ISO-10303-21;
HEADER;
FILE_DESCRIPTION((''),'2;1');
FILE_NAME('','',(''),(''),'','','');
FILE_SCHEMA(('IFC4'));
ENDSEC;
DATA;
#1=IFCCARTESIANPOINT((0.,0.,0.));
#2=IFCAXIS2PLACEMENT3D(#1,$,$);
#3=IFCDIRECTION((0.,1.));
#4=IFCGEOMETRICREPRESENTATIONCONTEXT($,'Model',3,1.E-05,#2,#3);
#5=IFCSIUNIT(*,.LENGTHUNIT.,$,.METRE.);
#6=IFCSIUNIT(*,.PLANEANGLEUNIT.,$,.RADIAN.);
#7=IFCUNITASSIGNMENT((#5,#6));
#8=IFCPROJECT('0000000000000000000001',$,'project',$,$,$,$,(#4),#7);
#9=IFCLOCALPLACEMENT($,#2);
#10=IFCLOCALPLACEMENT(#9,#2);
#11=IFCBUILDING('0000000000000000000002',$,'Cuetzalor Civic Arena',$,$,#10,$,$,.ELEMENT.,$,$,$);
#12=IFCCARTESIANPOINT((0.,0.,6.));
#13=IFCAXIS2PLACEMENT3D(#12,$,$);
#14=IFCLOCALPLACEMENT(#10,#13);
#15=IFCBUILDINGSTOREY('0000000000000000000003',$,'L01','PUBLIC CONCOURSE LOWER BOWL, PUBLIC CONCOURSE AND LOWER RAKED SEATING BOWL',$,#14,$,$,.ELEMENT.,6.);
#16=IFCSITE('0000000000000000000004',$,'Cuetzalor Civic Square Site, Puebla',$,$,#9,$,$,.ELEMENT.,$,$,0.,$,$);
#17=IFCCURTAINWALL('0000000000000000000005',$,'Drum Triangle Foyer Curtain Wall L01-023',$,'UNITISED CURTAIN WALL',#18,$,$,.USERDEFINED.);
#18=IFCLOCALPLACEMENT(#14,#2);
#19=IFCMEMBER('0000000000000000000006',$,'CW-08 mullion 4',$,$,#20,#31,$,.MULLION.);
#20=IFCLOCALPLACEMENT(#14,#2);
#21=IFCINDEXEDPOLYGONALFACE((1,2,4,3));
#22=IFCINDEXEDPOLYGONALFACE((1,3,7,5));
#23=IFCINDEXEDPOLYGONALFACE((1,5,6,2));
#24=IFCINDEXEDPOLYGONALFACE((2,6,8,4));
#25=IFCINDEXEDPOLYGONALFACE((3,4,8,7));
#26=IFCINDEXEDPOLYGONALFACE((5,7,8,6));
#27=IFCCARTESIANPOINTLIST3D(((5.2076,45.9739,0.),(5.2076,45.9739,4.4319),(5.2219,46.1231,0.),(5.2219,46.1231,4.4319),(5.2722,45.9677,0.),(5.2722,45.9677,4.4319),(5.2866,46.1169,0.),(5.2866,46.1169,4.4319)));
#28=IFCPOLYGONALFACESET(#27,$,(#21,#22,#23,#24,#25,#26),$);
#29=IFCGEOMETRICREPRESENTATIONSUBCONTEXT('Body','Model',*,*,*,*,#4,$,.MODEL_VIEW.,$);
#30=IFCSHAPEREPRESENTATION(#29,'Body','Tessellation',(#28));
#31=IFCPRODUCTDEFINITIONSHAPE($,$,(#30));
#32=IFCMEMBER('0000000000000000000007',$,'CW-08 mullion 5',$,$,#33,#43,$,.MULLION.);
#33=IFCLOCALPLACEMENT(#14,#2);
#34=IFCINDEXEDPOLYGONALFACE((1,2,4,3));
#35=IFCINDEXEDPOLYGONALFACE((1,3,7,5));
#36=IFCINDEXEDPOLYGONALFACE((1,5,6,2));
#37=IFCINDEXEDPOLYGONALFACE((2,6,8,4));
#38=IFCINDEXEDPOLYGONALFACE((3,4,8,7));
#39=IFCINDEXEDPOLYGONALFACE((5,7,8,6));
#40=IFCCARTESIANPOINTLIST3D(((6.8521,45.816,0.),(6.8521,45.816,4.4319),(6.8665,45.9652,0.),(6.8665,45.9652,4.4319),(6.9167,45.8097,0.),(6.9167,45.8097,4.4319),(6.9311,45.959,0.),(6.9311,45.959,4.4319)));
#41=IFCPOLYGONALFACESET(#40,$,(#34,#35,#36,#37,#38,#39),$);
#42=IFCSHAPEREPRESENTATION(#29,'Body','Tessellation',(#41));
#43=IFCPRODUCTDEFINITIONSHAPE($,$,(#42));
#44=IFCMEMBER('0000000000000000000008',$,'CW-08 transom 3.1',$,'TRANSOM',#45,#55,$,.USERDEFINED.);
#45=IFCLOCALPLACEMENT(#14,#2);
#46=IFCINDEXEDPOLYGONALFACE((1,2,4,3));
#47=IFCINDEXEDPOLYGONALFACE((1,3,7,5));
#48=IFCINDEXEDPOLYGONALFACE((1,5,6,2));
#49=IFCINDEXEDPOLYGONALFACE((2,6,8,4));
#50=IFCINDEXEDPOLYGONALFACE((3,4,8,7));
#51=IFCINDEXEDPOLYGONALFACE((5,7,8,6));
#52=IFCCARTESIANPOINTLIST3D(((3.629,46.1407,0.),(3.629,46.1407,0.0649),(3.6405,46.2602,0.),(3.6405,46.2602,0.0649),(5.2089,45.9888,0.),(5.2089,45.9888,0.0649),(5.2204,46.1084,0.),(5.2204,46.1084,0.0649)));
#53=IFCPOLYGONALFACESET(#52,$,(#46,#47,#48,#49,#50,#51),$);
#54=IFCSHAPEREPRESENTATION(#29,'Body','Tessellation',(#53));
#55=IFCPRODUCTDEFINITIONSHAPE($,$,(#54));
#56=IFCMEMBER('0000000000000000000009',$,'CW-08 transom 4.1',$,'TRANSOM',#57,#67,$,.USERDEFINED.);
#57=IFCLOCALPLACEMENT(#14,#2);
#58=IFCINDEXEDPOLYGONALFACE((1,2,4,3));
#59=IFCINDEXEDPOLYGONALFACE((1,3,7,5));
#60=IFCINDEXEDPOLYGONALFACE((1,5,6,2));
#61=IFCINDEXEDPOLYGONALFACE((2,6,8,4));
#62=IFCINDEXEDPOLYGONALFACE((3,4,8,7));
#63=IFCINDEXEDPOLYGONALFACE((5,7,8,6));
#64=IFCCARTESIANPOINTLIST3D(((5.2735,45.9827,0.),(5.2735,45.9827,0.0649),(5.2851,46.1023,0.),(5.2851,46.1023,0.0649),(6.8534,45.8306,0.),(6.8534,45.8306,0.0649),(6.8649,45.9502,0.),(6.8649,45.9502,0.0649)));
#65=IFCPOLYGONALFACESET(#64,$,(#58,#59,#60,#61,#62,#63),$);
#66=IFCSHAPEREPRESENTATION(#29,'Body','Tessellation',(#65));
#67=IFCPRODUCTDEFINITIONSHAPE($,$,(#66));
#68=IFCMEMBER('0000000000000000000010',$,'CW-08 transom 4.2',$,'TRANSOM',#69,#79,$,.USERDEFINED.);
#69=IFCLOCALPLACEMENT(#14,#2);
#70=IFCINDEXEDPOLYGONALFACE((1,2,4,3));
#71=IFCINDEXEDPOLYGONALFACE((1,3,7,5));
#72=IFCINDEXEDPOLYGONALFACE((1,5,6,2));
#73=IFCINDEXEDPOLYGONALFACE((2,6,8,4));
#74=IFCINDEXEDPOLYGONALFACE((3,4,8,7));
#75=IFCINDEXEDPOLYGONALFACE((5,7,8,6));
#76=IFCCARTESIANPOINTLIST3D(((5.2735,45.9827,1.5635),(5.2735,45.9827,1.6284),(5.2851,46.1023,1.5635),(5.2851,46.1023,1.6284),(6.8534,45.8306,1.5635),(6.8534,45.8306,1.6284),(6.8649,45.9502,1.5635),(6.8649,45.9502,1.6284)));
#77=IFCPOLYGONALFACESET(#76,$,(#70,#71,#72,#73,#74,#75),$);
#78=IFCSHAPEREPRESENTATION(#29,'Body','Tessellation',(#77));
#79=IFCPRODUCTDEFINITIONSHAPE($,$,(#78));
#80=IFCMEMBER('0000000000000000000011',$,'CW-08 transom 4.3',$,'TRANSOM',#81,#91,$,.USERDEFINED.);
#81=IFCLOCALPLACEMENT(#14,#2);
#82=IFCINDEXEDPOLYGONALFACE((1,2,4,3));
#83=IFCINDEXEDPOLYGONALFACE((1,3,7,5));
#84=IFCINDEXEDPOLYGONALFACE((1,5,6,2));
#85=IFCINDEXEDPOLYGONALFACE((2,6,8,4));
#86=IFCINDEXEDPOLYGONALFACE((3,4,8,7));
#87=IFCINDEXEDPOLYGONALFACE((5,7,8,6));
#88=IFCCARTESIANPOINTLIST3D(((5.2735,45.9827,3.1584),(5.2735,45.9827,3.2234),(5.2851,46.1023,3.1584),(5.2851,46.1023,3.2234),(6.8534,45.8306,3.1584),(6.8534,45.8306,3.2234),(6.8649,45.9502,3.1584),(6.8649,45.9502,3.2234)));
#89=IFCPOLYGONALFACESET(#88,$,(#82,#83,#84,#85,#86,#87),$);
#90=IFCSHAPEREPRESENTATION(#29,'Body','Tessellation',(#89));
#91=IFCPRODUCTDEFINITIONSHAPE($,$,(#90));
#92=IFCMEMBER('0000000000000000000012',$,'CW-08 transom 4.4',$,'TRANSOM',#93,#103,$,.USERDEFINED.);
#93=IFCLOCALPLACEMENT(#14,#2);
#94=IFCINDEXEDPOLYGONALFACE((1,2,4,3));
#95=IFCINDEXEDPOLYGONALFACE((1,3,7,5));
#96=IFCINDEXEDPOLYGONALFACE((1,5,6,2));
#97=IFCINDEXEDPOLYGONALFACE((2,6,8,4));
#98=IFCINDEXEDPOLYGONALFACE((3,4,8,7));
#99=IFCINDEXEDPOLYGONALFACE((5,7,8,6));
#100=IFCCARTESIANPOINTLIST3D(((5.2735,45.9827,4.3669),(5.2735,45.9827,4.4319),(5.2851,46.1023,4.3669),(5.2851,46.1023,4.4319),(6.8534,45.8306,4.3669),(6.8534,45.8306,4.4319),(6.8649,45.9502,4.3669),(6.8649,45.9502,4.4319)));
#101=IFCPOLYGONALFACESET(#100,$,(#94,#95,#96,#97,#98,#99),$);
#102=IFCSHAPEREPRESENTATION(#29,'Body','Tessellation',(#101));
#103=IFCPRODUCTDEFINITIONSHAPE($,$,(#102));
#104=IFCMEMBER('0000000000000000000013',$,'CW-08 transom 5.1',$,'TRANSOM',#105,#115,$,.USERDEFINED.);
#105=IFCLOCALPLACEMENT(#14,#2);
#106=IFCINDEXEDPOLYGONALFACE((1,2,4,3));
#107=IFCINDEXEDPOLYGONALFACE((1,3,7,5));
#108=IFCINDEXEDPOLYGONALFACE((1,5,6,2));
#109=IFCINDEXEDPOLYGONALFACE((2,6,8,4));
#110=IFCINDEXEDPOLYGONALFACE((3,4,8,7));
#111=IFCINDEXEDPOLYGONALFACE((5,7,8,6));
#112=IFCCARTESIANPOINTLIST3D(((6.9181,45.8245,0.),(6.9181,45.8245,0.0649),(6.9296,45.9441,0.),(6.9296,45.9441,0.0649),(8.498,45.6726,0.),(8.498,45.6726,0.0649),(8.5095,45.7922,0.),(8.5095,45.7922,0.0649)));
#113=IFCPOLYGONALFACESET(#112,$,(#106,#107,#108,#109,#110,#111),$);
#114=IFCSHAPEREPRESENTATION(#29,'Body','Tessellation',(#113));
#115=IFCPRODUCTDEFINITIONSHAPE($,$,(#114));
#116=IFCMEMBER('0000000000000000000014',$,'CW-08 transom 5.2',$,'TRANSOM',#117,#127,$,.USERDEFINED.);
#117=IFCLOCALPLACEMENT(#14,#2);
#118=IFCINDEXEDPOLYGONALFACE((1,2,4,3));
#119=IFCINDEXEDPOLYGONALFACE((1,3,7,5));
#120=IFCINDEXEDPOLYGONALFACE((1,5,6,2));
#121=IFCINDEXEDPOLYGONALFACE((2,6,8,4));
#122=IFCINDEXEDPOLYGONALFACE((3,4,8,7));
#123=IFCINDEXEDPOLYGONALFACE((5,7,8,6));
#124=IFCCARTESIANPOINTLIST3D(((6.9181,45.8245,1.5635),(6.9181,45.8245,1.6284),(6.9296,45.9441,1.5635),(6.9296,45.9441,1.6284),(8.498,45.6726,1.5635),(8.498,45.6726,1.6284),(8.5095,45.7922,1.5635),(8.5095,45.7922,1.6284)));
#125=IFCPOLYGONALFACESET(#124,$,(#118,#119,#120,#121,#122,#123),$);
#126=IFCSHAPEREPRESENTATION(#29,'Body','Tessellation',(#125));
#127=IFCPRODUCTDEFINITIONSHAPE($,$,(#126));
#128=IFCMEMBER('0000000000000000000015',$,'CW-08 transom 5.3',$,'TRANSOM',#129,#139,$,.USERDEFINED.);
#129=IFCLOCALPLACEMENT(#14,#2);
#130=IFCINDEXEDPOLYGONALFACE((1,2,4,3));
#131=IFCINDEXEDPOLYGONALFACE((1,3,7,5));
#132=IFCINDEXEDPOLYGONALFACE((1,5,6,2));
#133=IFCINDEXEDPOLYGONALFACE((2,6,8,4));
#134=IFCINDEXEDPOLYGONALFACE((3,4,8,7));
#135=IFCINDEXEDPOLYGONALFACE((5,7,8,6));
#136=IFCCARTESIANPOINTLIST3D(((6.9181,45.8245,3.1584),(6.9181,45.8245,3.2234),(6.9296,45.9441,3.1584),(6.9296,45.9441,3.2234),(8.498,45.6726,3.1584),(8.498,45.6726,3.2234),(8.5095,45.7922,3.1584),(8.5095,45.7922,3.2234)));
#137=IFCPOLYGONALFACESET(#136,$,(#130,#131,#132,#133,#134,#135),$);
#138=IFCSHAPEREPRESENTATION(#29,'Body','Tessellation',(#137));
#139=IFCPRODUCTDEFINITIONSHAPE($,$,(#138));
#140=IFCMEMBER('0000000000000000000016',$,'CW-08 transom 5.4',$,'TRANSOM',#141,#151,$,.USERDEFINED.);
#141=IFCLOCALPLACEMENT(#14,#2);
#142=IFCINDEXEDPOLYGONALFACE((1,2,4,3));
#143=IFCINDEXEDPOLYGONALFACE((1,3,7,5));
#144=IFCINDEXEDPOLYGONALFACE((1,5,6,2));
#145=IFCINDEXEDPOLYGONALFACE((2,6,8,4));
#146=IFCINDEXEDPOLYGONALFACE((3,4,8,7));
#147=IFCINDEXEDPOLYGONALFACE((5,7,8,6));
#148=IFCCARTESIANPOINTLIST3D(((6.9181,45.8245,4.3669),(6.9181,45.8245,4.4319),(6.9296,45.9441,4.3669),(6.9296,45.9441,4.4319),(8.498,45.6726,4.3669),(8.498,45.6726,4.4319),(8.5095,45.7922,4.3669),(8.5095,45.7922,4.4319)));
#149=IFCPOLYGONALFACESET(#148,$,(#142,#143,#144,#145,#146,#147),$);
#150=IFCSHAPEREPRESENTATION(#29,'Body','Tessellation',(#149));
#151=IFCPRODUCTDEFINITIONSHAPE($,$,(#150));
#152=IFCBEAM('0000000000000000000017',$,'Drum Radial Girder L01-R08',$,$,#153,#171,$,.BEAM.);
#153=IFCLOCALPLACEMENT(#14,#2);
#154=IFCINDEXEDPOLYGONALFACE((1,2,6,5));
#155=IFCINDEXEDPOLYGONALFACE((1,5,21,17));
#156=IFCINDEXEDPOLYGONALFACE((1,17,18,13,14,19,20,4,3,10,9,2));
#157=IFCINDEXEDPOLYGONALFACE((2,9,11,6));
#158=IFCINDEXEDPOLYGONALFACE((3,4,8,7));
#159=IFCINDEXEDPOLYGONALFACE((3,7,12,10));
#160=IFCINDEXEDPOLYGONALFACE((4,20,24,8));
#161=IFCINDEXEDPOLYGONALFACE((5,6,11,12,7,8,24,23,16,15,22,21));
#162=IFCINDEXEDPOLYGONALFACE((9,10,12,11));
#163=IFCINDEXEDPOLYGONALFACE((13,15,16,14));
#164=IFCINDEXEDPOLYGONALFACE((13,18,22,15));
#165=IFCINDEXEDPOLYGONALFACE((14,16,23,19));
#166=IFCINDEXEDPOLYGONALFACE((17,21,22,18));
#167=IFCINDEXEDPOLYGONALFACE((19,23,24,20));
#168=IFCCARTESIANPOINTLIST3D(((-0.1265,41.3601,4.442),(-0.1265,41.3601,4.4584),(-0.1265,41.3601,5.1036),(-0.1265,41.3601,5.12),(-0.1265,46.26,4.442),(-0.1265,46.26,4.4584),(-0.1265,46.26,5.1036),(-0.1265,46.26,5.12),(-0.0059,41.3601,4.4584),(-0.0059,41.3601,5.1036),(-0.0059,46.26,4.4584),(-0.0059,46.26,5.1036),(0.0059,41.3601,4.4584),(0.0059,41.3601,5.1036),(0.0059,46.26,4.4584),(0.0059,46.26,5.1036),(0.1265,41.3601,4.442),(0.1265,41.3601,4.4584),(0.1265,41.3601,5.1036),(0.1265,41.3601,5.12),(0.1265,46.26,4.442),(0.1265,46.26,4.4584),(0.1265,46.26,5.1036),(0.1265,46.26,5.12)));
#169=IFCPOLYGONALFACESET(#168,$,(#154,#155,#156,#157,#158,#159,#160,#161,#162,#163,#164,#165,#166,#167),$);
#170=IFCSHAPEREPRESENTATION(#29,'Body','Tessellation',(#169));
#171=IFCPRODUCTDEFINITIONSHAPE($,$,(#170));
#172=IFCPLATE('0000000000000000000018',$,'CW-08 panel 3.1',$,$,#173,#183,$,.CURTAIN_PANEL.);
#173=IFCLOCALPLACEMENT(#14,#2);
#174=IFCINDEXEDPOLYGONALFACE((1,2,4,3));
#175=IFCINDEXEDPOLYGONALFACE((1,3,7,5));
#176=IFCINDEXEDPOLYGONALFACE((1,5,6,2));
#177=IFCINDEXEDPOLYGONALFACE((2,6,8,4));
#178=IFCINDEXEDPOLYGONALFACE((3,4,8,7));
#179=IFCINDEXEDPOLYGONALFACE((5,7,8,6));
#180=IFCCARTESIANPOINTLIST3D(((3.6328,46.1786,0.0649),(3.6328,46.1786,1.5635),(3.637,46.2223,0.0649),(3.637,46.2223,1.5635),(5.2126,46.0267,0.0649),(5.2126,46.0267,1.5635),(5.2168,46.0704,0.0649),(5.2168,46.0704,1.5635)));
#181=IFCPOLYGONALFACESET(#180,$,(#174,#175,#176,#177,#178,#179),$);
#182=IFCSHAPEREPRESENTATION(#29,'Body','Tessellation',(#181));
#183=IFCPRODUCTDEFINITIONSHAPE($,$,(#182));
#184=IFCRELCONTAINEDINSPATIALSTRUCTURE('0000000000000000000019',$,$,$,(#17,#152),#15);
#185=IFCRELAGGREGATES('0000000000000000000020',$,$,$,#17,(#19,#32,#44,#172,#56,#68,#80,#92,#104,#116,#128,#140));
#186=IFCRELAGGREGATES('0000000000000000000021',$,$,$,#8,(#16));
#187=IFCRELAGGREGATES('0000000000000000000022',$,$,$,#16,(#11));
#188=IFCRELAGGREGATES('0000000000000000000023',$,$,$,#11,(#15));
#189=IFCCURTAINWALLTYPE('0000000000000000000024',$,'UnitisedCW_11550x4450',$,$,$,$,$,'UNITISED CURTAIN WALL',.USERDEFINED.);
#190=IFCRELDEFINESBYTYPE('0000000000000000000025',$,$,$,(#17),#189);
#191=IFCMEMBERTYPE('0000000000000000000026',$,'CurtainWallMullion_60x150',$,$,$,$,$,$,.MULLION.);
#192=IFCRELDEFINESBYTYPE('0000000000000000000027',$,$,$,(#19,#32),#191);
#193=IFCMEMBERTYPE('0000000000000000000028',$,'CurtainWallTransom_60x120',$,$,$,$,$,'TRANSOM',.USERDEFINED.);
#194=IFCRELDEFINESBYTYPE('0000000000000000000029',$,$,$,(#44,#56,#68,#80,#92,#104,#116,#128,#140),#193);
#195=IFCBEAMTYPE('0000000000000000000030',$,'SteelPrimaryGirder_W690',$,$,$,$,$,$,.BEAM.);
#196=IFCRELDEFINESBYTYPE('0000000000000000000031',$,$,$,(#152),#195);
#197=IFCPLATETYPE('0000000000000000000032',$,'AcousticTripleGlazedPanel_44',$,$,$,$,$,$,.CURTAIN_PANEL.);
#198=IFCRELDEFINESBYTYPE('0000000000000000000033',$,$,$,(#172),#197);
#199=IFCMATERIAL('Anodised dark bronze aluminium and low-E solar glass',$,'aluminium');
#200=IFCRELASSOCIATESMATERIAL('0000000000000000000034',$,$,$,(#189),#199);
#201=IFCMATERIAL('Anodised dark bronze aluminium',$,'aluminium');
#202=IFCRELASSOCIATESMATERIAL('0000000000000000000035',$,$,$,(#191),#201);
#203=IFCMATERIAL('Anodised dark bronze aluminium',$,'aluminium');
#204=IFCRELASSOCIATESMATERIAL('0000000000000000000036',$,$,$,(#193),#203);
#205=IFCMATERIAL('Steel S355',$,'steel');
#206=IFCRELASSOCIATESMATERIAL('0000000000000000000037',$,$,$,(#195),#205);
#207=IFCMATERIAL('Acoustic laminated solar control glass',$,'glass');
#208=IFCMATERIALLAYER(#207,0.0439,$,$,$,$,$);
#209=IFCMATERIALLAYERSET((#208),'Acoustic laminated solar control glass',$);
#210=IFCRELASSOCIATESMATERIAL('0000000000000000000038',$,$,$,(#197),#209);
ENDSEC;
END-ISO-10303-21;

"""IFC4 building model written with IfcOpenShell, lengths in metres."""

from ifc_helpers import new_model, si_unit, direction, frame, origin, origin_2d, place, context, subcontext, project, spatial, rectangle, i_section, extrude, material, layer, layer_set, material_profile, profile_set, type_object, element, aggregate, save


model = new_model("IFC4")

# Units and contexts
model_context = context("Model", 3, precision=1e-05, world=origin(), true_north=direction((0.0, 1.0)))
body_context = subcontext(model_context, "Body", "Model", "MODEL_VIEW")
ifc_project = project(units=[si_unit("LENGTHUNIT", "METRE"), si_unit("PLANEANGLEUNIT", "RADIAN")], contexts=[model_context])

# Site, building, storey
site_placement = place(None, origin())
site = spatial("IfcSite", under=ifc_project, at=site_placement, Name="Cuetzalor Civic Square Site, Puebla", CompositionType="ELEMENT", RefElevation=0.0)
building_placement = place(site_placement, origin())
building = spatial("IfcBuilding", under=site, at=building_placement, Name="Cuetzalor Civic Arena", CompositionType="ELEMENT")
storey_placement = place(building_placement, frame((0.0, 0.0, 6.0)))
storey = spatial("IfcBuildingStorey", under=building, at=storey_placement, Name="L01", Description="PUBLIC CONCOURSE LOWER BOWL, PUBLIC CONCOURSE AND LOWER RAKED SEATING BOWL", CompositionType="ELEMENT", Elevation=6.0)

# Curtain wall, members
ifc_material_1 = material(Name="Anodised dark bronze aluminium and low-E solar glass", Category="aluminium")
curtain_wall_type = type_object("IfcCurtainWallType", Name="UnitisedCW_11550x4450", ElementType="UNITISED CURTAIN WALL", PredefinedType="USERDEFINED", material=ifc_material_1)
curtain_wall_placement = place(storey_placement, origin())
curtain_wall = element("IfcCurtainWall", 1, at=curtain_wall_placement, inside=storey, type_object=curtain_wall_type, Name="Drum Triangle Foyer Curtain Wall L01-023", ObjectType="UNITISED CURTAIN WALL", PredefinedType="USERDEFINED")
ifc_material_2 = material(Name="Anodised dark bronze aluminium", Category="aluminium")
ifc_material_profile_1 = material_profile(ifc_material_2, rectangle(XDim=0.0649, YDim=0.1499, at=origin_2d()), Name="ALU MULLION 65x150")
ifc_profile_set_1 = profile_set([ifc_material_profile_1], Name="Anodised dark bronze aluminium")
member_type_1 = type_object("IfcMemberType", Name="CurtainWallMullion_60x150", PredefinedType="MULLION", material=ifc_profile_set_1)
member_1_placement = place(storey_placement, frame((5.2471, 46.0454, 0.0), z_axis=(0.0, 0.0, 1.0), x_axis=(0.995409, -0.095711, 0.0)))
member_1 = element("IfcMember", 2, at=member_1_placement, type_object=member_type_1, Name="CW-08 mullion 4", PredefinedType="MULLION", context=body_context, shape_type="SweptSolid", body=[
    extrude(rectangle(XDim=0.0649, YDim=0.1499, at=origin_2d()), origin(), (0.0, 0.0, 1.0), 4.4319),
])
member_2_placement = place(storey_placement, frame((6.8916, 45.8875, 0.0), z_axis=(0.0, 0.0, 1.0), x_axis=(0.995409, -0.095711, 0.0)))
member_2 = element("IfcMember", 3, at=member_2_placement, type_object=member_type_1, Name="CW-08 mullion 5", PredefinedType="MULLION", context=body_context, shape_type="SweptSolid", body=[
    extrude(rectangle(XDim=0.0649, YDim=0.1499, at=origin_2d()), origin(), (0.0, 0.0, 1.0), 4.4319),
])
ifc_material_3 = material(Name="Anodised dark bronze aluminium", Category="aluminium")
ifc_material_profile_2 = material_profile(ifc_material_3, rectangle(XDim=0.1201, YDim=0.0649, at=origin_2d()), Name="ALU TRANSOM 65x120")
ifc_profile_set_2 = profile_set([ifc_material_profile_2], Name="Anodised dark bronze aluminium")
member_type_2 = type_object("IfcMemberType", Name="CurtainWallTransom_60x120", ElementType="TRANSOM", PredefinedType="USERDEFINED", material=ifc_profile_set_2)
member_3_placement = place(storey_placement, frame((3.6348, 46.2004, 0.0325), z_axis=(0.995412, -0.09568, 0.0), x_axis=(0.09568, 0.995412, 0.0)))
member_3 = element("IfcMember", 4, at=member_3_placement, type_object=member_type_2, Name="CW-08 transom 3.1", ObjectType="TRANSOM", PredefinedType="USERDEFINED", context=body_context, shape_type="SweptSolid", body=[
    extrude(rectangle(XDim=0.1201, YDim=0.0649, at=origin_2d()), origin(), (0.0, 0.0, 1.0), 1.5872),
])
member_4_placement = place(storey_placement, frame((5.2793, 46.0425, 0.0325), z_axis=(0.995397, -0.095833, 0.0), x_axis=(0.095833, 0.995397, 0.0)))
member_4 = element("IfcMember", 5, at=member_4_placement, type_object=member_type_2, Name="CW-08 transom 4.1", ObjectType="TRANSOM", PredefinedType="USERDEFINED", context=body_context, shape_type="SweptSolid", body=[
    extrude(rectangle(XDim=0.1201, YDim=0.0649, at=origin_2d()), origin(), (0.0, 0.0, 1.0), 1.5872),
])
member_5_placement = place(storey_placement, frame((5.2793, 46.0425, 1.5959), z_axis=(0.995397, -0.095833, 0.0), x_axis=(0.095833, 0.995397, 0.0)))
member_5 = element("IfcMember", 6, at=member_5_placement, type_object=member_type_2, Name="CW-08 transom 4.2", ObjectType="TRANSOM", PredefinedType="USERDEFINED", context=body_context, shape_type="SweptSolid", body=[
    extrude(rectangle(XDim=0.1201, YDim=0.0649, at=origin_2d()), origin(), (0.0, 0.0, 1.0), 1.5872),
])
member_6_placement = place(storey_placement, frame((5.2793, 46.0425, 3.1909), z_axis=(0.995397, -0.095833, 0.0), x_axis=(0.095833, 0.995397, 0.0)))
member_6 = element("IfcMember", 7, at=member_6_placement, type_object=member_type_2, Name="CW-08 transom 4.3", ObjectType="TRANSOM", PredefinedType="USERDEFINED", context=body_context, shape_type="SweptSolid", body=[
    extrude(rectangle(XDim=0.1201, YDim=0.0649, at=origin_2d()), origin(), (0.0, 0.0, 1.0), 1.5872),
])
member_7_placement = place(storey_placement, frame((5.2793, 46.0425, 4.3994), z_axis=(0.995397, -0.095833, 0.0), x_axis=(0.095833, 0.995397, 0.0)))
member_7 = element("IfcMember", 8, at=member_7_placement, type_object=member_type_2, Name="CW-08 transom 4.4", ObjectType="TRANSOM", PredefinedType="USERDEFINED", context=body_context, shape_type="SweptSolid", body=[
    extrude(rectangle(XDim=0.1201, YDim=0.0649, at=origin_2d()), origin(), (0.0, 0.0, 1.0), 1.5872),
])
member_8_placement = place(storey_placement, frame((6.9238, 45.8843, 0.0325), z_axis=(0.995412, -0.09568, 0.0), x_axis=(0.09568, 0.995412, 0.0)))
member_8 = element("IfcMember", 9, at=member_8_placement, type_object=member_type_2, Name="CW-08 transom 5.1", ObjectType="TRANSOM", PredefinedType="USERDEFINED", context=body_context, shape_type="SweptSolid", body=[
    extrude(rectangle(XDim=0.1201, YDim=0.0649, at=origin_2d()), origin(), (0.0, 0.0, 1.0), 1.5872),
])
member_9_placement = place(storey_placement, frame((6.9238, 45.8843, 1.5959), z_axis=(0.995412, -0.09568, 0.0), x_axis=(0.09568, 0.995412, 0.0)))
member_9 = element("IfcMember", 10, at=member_9_placement, type_object=member_type_2, Name="CW-08 transom 5.2", ObjectType="TRANSOM", PredefinedType="USERDEFINED", context=body_context, shape_type="SweptSolid", body=[
    extrude(rectangle(XDim=0.1201, YDim=0.0649, at=origin_2d()), origin(), (0.0, 0.0, 1.0), 1.5872),
])
member_10_placement = place(storey_placement, frame((6.9238, 45.8843, 3.1909), z_axis=(0.995412, -0.09568, 0.0), x_axis=(0.09568, 0.995412, 0.0)))
member_10 = element("IfcMember", 11, at=member_10_placement, type_object=member_type_2, Name="CW-08 transom 5.3", ObjectType="TRANSOM", PredefinedType="USERDEFINED", context=body_context, shape_type="SweptSolid", body=[
    extrude(rectangle(XDim=0.1201, YDim=0.0649, at=origin_2d()), origin(), (0.0, 0.0, 1.0), 1.5872),
])
member_11_placement = place(storey_placement, frame((6.9238, 45.8843, 4.3994), z_axis=(0.995412, -0.09568, 0.0), x_axis=(0.09568, 0.995412, 0.0)))
member_11 = element("IfcMember", 12, at=member_11_placement, type_object=member_type_2, Name="CW-08 transom 5.4", ObjectType="TRANSOM", PredefinedType="USERDEFINED", context=body_context, shape_type="SweptSolid", body=[
    extrude(rectangle(XDim=0.1201, YDim=0.0649, at=origin_2d()), origin(), (0.0, 0.0, 1.0), 1.5872),
])

# Beam
ifc_material_4 = material(Name="Steel S355", Category="steel")
ifc_material_profile_3 = material_profile(ifc_material_4, i_section(OverallWidth=0.2529, OverallDepth=0.678, WebThickness=0.0117, FlangeThickness=0.0164, at=origin_2d()), Name="W690x125")
ifc_profile_set_3 = profile_set([ifc_material_profile_3], Name="Steel S355")
beam_type = type_object("IfcBeamType", Name="SteelPrimaryGirder_W690", PredefinedType="BEAM", material=ifc_profile_set_3)
beam_placement = place(storey_placement, frame((0.0, 41.3601, 4.781), z_axis=(0.0, 1.0, 0.0), x_axis=(-1.0, 0.0, 0.0)))
element("IfcBeam", 13, at=beam_placement, inside=storey, type_object=beam_type, Name="Drum Radial Girder L01-R08", PredefinedType="BEAM", context=body_context, shape_type="SweptSolid", body=[
    extrude(i_section(OverallWidth=0.2529, OverallDepth=0.678, WebThickness=0.0117, FlangeThickness=0.0164, at=origin_2d()), origin(), (0.0, 0.0, 1.0), 4.8999),
])

# Plate
ifc_material_5 = material(Name="Acoustic laminated solar control glass", Category="glass")
ifc_layer_1 = layer(ifc_material_5, 0.0439)
ifc_layer_set_1 = layer_set([ifc_layer_1], Name="Acoustic laminated solar control glass")
plate_type = type_object("IfcPlateType", Name="AcousticTripleGlazedPanel_44", PredefinedType="CURTAIN_PANEL", material=ifc_layer_set_1)
plate_1_placement = place(storey_placement, frame((4.4248, 46.1245, 0.0649), z_axis=(0.0, 0.0, 1.0), x_axis=(0.995409, -0.095711, 0.0)))
plate_1 = element("IfcPlate", 14, at=plate_1_placement, type_object=plate_type, Name="CW-08 panel 3.1", PredefinedType="CURTAIN_PANEL", context=body_context, shape_type="SweptSolid", body=[
    extrude(rectangle(XDim=1.5872, YDim=0.0439, at=origin_2d()), origin(), (0.0, 0.0, 1.0), 1.4985),
])
aggregate(curtain_wall, [member_1, member_2, member_3, plate_1, member_4, member_5, member_6, member_7, member_8, member_9, member_10, member_11])

save(model, "model.ifc")
